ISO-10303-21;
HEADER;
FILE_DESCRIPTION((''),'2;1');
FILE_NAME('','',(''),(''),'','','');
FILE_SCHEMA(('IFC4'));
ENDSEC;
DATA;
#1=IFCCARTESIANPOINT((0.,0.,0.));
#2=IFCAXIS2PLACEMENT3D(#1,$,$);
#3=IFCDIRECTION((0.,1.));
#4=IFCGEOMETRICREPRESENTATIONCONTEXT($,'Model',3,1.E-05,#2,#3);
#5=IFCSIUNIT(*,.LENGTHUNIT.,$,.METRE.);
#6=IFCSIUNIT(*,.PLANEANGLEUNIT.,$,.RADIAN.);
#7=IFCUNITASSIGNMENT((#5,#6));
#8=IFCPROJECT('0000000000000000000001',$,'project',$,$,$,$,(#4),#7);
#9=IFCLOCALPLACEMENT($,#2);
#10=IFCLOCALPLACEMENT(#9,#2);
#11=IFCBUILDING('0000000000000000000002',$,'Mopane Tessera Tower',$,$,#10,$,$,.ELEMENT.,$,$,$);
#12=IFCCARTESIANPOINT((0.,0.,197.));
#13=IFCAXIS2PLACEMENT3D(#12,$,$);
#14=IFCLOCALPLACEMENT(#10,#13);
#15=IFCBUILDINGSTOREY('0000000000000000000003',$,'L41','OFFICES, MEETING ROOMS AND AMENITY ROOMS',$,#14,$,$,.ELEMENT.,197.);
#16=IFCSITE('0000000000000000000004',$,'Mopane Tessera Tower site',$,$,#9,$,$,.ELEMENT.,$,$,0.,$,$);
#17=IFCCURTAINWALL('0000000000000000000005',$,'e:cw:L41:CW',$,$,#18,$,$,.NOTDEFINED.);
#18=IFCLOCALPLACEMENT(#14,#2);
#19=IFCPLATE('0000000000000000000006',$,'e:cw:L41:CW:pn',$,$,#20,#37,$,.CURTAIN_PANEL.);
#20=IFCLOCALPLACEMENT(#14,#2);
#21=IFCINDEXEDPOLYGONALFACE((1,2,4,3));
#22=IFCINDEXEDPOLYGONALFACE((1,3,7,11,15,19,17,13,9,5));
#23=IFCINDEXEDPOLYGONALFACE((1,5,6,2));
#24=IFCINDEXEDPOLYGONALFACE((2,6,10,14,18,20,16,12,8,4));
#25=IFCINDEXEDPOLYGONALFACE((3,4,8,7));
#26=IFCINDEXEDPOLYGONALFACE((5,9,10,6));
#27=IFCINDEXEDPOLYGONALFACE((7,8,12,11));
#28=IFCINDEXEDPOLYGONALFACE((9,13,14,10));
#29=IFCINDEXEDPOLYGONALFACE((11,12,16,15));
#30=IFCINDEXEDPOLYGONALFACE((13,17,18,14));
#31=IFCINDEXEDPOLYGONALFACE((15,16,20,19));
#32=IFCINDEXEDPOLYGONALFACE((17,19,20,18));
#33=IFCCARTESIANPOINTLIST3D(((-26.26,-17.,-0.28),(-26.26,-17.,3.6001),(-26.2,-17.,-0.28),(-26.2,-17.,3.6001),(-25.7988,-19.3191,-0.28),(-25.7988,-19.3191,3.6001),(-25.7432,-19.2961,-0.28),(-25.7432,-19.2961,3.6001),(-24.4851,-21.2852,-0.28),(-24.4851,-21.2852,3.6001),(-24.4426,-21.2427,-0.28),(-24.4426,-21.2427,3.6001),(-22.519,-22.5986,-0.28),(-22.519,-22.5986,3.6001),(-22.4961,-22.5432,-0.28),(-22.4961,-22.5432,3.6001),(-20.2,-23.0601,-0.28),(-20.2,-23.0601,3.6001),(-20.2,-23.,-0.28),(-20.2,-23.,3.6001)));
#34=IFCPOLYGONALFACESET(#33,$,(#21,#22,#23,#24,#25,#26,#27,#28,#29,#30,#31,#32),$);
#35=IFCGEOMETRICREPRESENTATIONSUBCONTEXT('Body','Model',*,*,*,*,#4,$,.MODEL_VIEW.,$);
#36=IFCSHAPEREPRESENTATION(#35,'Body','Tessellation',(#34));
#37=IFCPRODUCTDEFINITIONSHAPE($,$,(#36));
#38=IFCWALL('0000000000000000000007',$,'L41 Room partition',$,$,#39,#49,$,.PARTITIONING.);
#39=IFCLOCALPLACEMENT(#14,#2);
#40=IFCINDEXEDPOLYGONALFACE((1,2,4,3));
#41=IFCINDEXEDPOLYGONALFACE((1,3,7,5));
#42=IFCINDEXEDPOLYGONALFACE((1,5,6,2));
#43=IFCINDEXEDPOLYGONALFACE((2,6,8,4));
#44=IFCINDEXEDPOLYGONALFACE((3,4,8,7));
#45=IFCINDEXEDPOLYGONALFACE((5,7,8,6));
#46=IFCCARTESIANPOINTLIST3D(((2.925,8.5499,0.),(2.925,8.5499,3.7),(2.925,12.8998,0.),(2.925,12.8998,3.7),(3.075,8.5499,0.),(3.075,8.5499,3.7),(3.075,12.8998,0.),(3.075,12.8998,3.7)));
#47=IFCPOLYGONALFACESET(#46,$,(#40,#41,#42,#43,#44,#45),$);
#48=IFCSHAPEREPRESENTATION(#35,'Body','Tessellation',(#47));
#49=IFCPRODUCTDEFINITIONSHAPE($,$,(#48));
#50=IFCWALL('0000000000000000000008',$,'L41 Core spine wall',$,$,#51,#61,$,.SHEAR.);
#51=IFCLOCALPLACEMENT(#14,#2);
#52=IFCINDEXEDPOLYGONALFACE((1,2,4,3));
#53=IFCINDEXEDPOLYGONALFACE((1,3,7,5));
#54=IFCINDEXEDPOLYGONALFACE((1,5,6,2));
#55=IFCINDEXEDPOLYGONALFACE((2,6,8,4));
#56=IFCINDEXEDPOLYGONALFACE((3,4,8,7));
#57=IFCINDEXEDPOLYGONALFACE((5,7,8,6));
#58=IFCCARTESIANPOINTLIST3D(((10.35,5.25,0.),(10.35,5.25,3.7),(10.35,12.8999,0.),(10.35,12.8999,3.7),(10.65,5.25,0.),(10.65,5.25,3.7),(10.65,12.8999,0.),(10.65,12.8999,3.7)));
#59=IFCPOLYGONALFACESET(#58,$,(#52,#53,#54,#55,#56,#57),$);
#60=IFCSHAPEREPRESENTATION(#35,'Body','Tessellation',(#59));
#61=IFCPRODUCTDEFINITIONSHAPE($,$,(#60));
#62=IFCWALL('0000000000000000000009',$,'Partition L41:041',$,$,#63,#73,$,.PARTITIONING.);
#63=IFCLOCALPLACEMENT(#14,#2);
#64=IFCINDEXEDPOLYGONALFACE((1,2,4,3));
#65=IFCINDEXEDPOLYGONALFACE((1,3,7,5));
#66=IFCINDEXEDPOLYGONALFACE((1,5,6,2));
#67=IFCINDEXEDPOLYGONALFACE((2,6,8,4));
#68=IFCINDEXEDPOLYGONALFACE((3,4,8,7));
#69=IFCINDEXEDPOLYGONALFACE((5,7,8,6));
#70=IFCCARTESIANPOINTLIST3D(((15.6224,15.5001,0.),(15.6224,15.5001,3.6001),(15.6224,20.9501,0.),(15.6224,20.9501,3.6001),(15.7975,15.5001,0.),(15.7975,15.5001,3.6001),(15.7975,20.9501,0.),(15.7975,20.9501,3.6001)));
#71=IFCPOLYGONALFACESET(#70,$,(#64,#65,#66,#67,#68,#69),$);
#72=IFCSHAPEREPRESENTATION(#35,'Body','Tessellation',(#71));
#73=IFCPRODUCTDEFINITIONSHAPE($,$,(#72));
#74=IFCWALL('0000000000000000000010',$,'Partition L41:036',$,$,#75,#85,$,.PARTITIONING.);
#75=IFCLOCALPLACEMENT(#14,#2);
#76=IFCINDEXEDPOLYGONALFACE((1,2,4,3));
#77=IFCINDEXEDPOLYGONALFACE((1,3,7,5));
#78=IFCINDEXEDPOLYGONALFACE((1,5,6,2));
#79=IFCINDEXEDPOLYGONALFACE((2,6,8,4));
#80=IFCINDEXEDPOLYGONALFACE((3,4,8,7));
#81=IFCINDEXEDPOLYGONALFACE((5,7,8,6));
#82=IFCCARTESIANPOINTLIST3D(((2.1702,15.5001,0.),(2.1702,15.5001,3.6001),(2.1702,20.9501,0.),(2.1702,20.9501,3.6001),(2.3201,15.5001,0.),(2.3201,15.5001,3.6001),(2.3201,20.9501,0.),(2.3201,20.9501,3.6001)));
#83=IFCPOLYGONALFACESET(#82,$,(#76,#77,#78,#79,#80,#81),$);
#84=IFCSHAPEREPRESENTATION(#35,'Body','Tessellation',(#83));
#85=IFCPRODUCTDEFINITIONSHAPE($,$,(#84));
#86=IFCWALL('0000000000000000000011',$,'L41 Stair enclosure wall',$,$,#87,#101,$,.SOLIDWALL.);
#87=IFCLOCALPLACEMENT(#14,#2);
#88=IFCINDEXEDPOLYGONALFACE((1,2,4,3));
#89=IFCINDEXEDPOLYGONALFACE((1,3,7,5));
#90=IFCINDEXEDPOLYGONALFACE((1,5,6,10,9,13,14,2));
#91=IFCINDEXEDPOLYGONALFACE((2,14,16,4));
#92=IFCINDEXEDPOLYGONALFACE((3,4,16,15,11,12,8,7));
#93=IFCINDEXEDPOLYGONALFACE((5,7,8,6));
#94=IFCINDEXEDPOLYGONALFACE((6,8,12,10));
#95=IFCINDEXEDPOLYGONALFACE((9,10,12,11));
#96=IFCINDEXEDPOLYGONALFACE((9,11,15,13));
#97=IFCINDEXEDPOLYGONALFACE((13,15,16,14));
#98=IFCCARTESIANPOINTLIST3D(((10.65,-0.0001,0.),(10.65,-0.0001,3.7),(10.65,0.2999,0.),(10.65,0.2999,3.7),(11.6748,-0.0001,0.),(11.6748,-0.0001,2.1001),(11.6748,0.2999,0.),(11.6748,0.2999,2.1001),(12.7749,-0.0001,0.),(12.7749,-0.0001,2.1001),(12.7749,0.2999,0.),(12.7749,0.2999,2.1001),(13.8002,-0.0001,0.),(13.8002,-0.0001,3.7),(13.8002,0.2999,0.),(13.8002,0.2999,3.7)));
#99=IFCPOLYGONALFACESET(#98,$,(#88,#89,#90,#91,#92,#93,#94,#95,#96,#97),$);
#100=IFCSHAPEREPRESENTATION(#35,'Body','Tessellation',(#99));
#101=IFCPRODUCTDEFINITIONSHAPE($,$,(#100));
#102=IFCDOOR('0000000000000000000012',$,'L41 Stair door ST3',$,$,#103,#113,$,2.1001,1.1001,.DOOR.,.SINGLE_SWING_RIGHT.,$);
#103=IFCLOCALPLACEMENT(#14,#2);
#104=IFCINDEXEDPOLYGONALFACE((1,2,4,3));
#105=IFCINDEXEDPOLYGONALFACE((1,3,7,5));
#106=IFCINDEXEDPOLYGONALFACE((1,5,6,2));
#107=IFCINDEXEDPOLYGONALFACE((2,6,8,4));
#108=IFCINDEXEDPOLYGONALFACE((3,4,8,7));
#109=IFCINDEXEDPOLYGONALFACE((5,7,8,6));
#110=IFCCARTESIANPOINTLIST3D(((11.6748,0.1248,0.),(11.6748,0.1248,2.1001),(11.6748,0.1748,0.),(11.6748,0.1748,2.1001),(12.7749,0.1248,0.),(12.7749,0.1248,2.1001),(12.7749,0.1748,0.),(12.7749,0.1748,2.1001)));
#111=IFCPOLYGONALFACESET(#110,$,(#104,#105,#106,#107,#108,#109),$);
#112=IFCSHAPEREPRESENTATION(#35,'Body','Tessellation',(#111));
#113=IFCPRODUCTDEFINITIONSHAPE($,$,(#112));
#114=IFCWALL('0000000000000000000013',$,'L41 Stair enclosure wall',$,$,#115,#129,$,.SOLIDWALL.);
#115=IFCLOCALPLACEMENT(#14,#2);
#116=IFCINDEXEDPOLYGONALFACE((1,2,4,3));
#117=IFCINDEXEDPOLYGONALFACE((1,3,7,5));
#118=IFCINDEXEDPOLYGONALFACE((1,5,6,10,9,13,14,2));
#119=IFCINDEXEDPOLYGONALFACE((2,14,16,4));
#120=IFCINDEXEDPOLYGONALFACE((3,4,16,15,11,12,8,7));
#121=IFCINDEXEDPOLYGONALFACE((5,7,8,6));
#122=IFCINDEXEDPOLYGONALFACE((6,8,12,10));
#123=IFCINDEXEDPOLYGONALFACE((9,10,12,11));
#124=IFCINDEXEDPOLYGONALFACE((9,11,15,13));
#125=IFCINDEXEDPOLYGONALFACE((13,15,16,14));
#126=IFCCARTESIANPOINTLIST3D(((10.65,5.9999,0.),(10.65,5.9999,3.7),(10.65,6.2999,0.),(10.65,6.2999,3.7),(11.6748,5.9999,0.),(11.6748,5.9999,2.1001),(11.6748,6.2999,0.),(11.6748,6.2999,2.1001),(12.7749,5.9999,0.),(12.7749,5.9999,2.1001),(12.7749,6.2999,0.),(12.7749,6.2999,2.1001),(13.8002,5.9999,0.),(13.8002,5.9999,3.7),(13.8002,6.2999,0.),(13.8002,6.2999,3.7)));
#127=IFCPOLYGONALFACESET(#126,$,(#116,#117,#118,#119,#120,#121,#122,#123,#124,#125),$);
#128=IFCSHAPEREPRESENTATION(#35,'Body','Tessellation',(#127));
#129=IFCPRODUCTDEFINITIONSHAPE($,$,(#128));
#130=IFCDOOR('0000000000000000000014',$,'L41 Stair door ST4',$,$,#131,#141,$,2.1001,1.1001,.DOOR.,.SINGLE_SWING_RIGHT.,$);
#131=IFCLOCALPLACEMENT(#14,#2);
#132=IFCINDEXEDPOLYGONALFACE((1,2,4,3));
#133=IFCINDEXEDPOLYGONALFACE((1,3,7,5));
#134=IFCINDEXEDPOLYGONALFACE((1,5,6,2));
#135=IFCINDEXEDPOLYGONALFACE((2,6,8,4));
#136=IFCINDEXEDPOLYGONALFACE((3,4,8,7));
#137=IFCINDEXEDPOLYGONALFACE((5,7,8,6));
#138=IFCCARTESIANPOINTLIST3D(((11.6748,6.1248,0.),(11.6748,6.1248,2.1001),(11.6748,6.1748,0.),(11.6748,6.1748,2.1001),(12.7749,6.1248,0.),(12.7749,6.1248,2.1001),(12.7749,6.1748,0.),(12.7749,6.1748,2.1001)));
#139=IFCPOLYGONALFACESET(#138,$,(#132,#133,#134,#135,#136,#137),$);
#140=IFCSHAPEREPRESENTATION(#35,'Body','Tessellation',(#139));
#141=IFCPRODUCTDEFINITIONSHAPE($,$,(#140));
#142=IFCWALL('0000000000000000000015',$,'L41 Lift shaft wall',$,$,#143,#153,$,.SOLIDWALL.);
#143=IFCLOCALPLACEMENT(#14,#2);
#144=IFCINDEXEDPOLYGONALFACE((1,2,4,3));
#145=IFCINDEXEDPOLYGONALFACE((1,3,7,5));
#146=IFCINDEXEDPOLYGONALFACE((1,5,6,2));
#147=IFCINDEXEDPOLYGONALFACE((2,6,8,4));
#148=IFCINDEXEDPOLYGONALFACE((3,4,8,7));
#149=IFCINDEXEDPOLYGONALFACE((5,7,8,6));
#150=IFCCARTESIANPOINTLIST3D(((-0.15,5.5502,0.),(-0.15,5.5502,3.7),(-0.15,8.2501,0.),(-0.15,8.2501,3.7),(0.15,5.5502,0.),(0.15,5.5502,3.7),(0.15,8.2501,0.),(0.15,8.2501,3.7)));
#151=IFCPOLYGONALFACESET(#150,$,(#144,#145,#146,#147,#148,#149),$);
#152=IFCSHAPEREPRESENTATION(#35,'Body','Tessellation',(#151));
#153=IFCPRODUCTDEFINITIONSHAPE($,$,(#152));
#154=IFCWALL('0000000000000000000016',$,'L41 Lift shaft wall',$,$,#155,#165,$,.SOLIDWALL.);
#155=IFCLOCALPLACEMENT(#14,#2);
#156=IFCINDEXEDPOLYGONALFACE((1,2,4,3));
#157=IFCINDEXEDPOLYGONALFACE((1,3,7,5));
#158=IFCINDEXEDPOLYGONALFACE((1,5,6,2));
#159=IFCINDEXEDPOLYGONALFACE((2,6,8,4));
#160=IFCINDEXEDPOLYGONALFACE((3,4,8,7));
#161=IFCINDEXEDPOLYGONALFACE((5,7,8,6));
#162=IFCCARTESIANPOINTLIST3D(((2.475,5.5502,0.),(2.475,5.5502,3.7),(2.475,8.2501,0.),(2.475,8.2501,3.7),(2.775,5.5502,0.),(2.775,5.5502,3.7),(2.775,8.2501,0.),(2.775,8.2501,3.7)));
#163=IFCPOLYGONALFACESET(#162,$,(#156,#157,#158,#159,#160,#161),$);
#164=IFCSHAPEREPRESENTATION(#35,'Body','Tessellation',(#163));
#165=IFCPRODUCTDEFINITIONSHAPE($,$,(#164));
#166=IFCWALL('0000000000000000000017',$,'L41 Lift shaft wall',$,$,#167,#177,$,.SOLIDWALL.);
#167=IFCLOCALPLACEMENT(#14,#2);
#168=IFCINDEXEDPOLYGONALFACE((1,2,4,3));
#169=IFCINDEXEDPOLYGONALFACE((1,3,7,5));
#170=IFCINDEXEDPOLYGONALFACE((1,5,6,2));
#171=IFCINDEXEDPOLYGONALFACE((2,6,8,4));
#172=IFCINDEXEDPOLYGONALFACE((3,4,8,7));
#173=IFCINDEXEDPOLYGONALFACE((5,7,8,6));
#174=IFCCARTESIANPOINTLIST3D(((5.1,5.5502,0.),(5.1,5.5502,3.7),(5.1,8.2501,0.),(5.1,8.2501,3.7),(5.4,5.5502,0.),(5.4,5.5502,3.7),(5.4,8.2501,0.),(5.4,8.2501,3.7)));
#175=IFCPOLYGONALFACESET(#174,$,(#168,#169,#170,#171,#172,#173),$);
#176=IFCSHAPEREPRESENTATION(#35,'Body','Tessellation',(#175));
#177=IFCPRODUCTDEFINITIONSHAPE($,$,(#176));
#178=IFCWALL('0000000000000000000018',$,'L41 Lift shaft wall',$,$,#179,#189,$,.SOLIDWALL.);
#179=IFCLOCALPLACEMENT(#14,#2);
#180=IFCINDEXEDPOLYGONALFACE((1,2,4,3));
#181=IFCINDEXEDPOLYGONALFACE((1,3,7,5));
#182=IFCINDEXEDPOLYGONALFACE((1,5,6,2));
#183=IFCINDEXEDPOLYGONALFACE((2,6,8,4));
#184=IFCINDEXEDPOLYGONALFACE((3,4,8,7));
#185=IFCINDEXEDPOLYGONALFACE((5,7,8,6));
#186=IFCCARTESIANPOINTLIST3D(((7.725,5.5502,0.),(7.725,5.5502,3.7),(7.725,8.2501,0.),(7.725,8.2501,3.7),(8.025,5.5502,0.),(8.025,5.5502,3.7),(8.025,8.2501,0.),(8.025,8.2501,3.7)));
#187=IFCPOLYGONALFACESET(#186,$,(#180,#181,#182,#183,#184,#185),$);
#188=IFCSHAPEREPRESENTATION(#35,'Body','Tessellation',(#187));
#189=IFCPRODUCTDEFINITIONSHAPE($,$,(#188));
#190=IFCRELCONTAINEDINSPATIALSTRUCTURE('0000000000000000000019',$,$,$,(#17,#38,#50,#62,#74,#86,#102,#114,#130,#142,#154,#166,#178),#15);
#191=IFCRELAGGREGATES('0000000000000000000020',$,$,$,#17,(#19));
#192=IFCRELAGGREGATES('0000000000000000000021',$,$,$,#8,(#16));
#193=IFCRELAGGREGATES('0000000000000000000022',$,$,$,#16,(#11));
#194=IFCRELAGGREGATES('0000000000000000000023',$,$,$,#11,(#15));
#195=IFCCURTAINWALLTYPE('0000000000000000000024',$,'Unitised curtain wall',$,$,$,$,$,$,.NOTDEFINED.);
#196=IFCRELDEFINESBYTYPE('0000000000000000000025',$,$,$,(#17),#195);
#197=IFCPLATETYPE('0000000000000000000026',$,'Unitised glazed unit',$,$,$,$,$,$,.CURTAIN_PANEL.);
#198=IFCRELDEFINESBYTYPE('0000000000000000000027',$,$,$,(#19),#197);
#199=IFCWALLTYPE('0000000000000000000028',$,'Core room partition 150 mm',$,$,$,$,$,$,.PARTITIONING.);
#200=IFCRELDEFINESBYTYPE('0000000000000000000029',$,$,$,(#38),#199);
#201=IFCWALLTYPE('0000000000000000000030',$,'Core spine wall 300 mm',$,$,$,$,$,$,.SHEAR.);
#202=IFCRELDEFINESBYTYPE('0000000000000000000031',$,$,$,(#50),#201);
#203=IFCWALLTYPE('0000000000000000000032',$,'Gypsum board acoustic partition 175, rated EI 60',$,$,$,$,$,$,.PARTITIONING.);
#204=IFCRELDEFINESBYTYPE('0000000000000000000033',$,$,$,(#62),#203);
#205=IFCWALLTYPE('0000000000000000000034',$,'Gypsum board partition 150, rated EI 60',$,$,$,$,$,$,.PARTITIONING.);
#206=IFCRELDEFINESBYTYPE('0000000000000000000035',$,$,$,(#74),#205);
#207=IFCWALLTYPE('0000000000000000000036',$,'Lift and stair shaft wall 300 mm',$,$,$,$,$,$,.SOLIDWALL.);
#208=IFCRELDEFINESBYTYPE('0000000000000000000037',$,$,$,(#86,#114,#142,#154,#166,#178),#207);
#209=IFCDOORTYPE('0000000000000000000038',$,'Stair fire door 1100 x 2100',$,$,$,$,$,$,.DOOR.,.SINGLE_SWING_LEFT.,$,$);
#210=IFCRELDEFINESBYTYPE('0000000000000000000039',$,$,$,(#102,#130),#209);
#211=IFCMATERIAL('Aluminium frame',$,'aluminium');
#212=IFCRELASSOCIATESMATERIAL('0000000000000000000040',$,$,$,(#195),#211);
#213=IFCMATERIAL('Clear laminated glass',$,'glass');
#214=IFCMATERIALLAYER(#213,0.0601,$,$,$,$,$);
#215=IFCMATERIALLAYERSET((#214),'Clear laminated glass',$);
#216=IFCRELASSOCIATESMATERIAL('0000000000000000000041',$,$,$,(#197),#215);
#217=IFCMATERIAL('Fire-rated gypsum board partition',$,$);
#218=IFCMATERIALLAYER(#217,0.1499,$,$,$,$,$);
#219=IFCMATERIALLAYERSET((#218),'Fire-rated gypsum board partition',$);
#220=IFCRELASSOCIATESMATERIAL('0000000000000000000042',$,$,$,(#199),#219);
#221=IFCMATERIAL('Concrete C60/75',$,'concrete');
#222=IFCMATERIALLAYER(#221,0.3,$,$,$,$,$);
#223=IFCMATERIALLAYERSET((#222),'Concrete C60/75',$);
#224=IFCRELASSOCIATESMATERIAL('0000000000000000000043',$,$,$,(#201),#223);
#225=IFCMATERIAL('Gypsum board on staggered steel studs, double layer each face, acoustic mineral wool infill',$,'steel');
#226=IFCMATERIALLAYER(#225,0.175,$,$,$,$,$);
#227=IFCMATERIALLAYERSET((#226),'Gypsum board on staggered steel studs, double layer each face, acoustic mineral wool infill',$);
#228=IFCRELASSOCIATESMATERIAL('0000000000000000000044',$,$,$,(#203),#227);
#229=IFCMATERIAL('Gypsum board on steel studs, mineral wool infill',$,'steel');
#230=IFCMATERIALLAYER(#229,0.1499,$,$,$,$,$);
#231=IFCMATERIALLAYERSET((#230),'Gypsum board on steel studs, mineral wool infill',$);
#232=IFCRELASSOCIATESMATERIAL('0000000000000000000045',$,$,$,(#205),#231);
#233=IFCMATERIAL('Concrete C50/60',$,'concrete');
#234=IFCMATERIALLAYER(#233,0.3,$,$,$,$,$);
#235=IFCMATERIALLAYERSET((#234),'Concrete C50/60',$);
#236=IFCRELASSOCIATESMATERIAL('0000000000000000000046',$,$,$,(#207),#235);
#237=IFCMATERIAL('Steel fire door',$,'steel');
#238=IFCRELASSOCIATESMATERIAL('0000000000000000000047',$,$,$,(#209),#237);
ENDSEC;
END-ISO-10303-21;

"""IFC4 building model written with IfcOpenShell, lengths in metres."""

from ifc_helpers import new_model, si_unit, direction, frame, frame_2d, origin, place, context, subcontext, project, spatial, polyline, rectangle, outline, extrude, material, layer, layer_set, type_object, element, fill, aggregate, save


model = new_model("IFC4")

# Units and contexts
model_context = context("Model", 3, precision=1e-05, world=origin(), true_north=direction((0.0, 1.0)))
body_context = subcontext(model_context, "Body", "Model", "MODEL_VIEW")
ifc_project = project(units=[si_unit("LENGTHUNIT", "METRE"), si_unit("PLANEANGLEUNIT", "RADIAN")], contexts=[model_context])

# Site, building, storey
site_placement = place(None, origin())
site = spatial("IfcSite", under=ifc_project, at=site_placement, Name="Mopane Tessera Tower site", CompositionType="ELEMENT", RefElevation=0.0)
building_placement = place(site_placement, origin())
building = spatial("IfcBuilding", under=site, at=building_placement, Name="Mopane Tessera Tower", CompositionType="ELEMENT")
storey_placement = place(building_placement, frame((0.0, 0.0, 197.0)))
storey = spatial("IfcBuildingStorey", under=building, at=storey_placement, Name="L41", Description="OFFICES, MEETING ROOMS AND AMENITY ROOMS", CompositionType="ELEMENT", Elevation=197.0)

# Shared definitions
ifc_material_1 = material(Name="Aluminium frame", Category="aluminium")
curtain_wall_type = type_object("IfcCurtainWallType", Name="Unitised curtain wall", PredefinedType="NOTDEFINED", material=ifc_material_1)

# Curtain wall
curtain_wall_1_placement = place(storey_placement, origin())
curtain_wall_1 = element("IfcCurtainWall", 1, at=curtain_wall_1_placement, inside=storey, type_object=curtain_wall_type, Name="e:cw:L41:CW", PredefinedType="NOTDEFINED")

# Plate
ifc_material_2 = material(Name="Clear laminated glass", Category="glass")
ifc_layer_1 = layer(ifc_material_2, 0.0601)
ifc_layer_set_1 = layer_set([ifc_layer_1], Name="Clear laminated glass")
plate_type = type_object("IfcPlateType", Name="Unitised glazed unit", PredefinedType="CURTAIN_PANEL", material=ifc_layer_set_1)
plate_1_placement = place(storey_placement, frame((0.0, 0.0, -0.28)))
plate_1 = element("IfcPlate", 2, at=plate_1_placement, type_object=plate_type, Name="e:cw:L41:CW:pn", PredefinedType="CURTAIN_PANEL", context=body_context, shape_type="SweptSolid", body=[
    extrude(outline(polyline([(-26.2, -17.0), (-25.7432, -19.2961), (-24.4426, -21.2427), (-22.4961, -22.5432), (-20.2, -23.0), (-20.2, -23.0601), (-22.519, -22.5986), (-24.4851, -21.2852), (-25.7988, -19.3191), (-26.26, -17.0), (-26.2, -17.0)])), origin(), (0.0, 0.0, 1.0), 3.8801),
])
aggregate(curtain_wall_1, [plate_1])

# Walls
ifc_material_3 = material(Name="Fire-rated gypsum board partition")
ifc_layer_2 = layer(ifc_material_3, 0.1499)
ifc_layer_set_2 = layer_set([ifc_layer_2], Name="Fire-rated gypsum board partition")
wall_type_1 = type_object("IfcWallType", Name="Core room partition 150 mm", PredefinedType="PARTITIONING", material=ifc_layer_set_2)
wall_1_placement = place(storey_placement, frame((3.0, 8.55, 0.0), z_axis=(0.0, 0.0, 1.0), x_axis=(0.0, 1.0, 0.0)))
element("IfcWall", 3, at=wall_1_placement, inside=storey, type_object=wall_type_1, Name="L41 Room partition", PredefinedType="PARTITIONING", context=body_context, shape_type="SweptSolid", body=[
    extrude(rectangle(XDim=4.3499, YDim=0.1499, at=frame_2d((2.1748, 0.0))), origin(), (0.0, 0.0, 1.0), 3.7),
])
ifc_material_4 = material(Name="Concrete C60/75", Category="concrete")
ifc_layer_3 = layer(ifc_material_4, 0.3)
ifc_layer_set_3 = layer_set([ifc_layer_3], Name="Concrete C60/75")
wall_type_2 = type_object("IfcWallType", Name="Core spine wall 300 mm", PredefinedType="SHEAR", material=ifc_layer_set_3)
wall_2_placement = place(storey_placement, frame((10.5, 5.25, 0.0), z_axis=(0.0, 0.0, 1.0), x_axis=(0.0, 1.0, 0.0)))
element("IfcWall", 4, at=wall_2_placement, inside=storey, type_object=wall_type_2, Name="L41 Core spine wall", PredefinedType="SHEAR", context=body_context, shape_type="SweptSolid", body=[
    extrude(rectangle(XDim=7.6499, YDim=0.3, at=frame_2d((3.825, 0.0))), origin(), (0.0, 0.0, 1.0), 3.7),
])
ifc_material_5 = material(Name="Gypsum board on staggered steel studs, double layer each face, acoustic mineral wool infill", Category="steel")
ifc_layer_4 = layer(ifc_material_5, 0.175)
ifc_layer_set_4 = layer_set([ifc_layer_4], Name="Gypsum board on staggered steel studs, double layer each face, acoustic mineral wool infill")
wall_type_3 = type_object("IfcWallType", Name="Gypsum board acoustic partition 175, rated EI 60", PredefinedType="PARTITIONING", material=ifc_layer_set_4)
wall_3_placement = place(storey_placement, frame((15.71, 15.5, 0.0), z_axis=(0.0, 0.0, 1.0), x_axis=(0.0, 1.0, 0.0)))
element("IfcWall", 5, at=wall_3_placement, inside=storey, type_object=wall_type_3, Name="Partition L41:041", PredefinedType="PARTITIONING", context=body_context, shape_type="SweptSolid", body=[
    extrude(rectangle(XDim=5.45, YDim=0.175, at=frame_2d((2.7251, 0.0))), origin(), (0.0, 0.0, 1.0), 3.6001),
])
ifc_material_6 = material(Name="Gypsum board on steel studs, mineral wool infill", Category="steel")
ifc_layer_5 = layer(ifc_material_6, 0.1499)
ifc_layer_set_5 = layer_set([ifc_layer_5], Name="Gypsum board on steel studs, mineral wool infill")
wall_type_4 = type_object("IfcWallType", Name="Gypsum board partition 150, rated EI 60", PredefinedType="PARTITIONING", material=ifc_layer_set_5)
wall_4_placement = place(storey_placement, frame((2.2451, 15.5, 0.0), z_axis=(0.0, 0.0, 1.0), x_axis=(0.0, 1.0, 0.0)))
element("IfcWall", 6, at=wall_4_placement, inside=storey, type_object=wall_type_4, Name="Partition L41:036", PredefinedType="PARTITIONING", context=body_context, shape_type="SweptSolid", body=[
    extrude(rectangle(XDim=5.45, YDim=0.1499, at=frame_2d((2.7251, 0.0))), origin(), (0.0, 0.0, 1.0), 3.6001),
])

# Walls, openings, doors
ifc_material_7 = material(Name="Concrete C50/60", Category="concrete")
ifc_layer_6 = layer(ifc_material_7, 0.3)
ifc_layer_set_6 = layer_set([ifc_layer_6], Name="Concrete C50/60")
wall_type_5 = type_object("IfcWallType", Name="Lift and stair shaft wall 300 mm", PredefinedType="SOLIDWALL", material=ifc_layer_set_6)
wall_5_placement = place(storey_placement, frame((10.6499, 0.1499, 0.0), z_axis=(0.0, 0.0, 1.0), x_axis=(1.0, 0.0, 0.0)))
wall_5 = element("IfcWall", 7, at=wall_5_placement, inside=storey, type_object=wall_type_5, Name="L41 Stair enclosure wall", PredefinedType="SOLIDWALL", context=body_context, shape_type="SweptSolid", body=[
    extrude(rectangle(XDim=3.1501, YDim=0.3, at=frame_2d((1.5752, 0.0))), origin(), (0.0, 0.0, 1.0), 3.7),
])
opening_1_placement = place(wall_5_placement, frame((1.0249, 0.0, 0.0)))
opening_1 = element("IfcOpeningElement", 8, at=opening_1_placement, cuts=wall_5, PredefinedType="OPENING", context=body_context, shape_type="SweptSolid", body=[
    extrude(rectangle(XDim=1.1001, YDim=2.1001, at=frame_2d((0.55, 1.05))), frame((0.0, 0.1621, 0.0), z_axis=(0.0, -1.0, 0.0), x_axis=(1.0, 0.0, 0.0)), (0.0, 0.0, 1.0), 0.324),
])
ifc_material_8 = material(Name="Steel fire door", Category="steel")
door_type = type_object("IfcDoorType", Name="Stair fire door 1100 x 2100", OperationType="SINGLE_SWING_LEFT", PredefinedType="DOOR", material=ifc_material_8)
door_1_placement = place(opening_1_placement, origin())
door_1 = element("IfcDoor", 9, at=door_1_placement, inside=storey, type_object=door_type, Name="L41 Stair door ST3", OperationType="SINGLE_SWING_RIGHT", OverallHeight=2.1001, OverallWidth=1.1001, PredefinedType="DOOR", context=body_context, shape_type="SweptSolid", body=[
    extrude(rectangle(XDim=1.1001, YDim=2.1001, at=frame_2d((0.55, 1.05))), frame((0.0, 0.0249, 0.0), z_axis=(0.0, -1.0, 0.0), x_axis=(1.0, 0.0, 0.0)), (0.0, 0.0, 1.0), 0.05),
])
fill(opening_1, door_1)
wall_6_placement = place(storey_placement, frame((10.6499, 6.1499, 0.0), z_axis=(0.0, 0.0, 1.0), x_axis=(1.0, 0.0, 0.0)))
wall_6 = element("IfcWall", 10, at=wall_6_placement, inside=storey, type_object=wall_type_5, Name="L41 Stair enclosure wall", PredefinedType="SOLIDWALL", context=body_context, shape_type="SweptSolid", body=[
    extrude(rectangle(XDim=3.1501, YDim=0.3, at=frame_2d((1.5752, 0.0))), origin(), (0.0, 0.0, 1.0), 3.7),
])
opening_2_placement = place(wall_6_placement, frame((1.0249, 0.0, 0.0)))
opening_2 = element("IfcOpeningElement", 11, at=opening_2_placement, cuts=wall_6, PredefinedType="OPENING", context=body_context, shape_type="SweptSolid", body=[
    extrude(rectangle(XDim=1.1001, YDim=2.1001, at=frame_2d((0.55, 1.05))), frame((0.0, 0.1621, 0.0), z_axis=(0.0, -1.0, 0.0), x_axis=(1.0, 0.0, 0.0)), (0.0, 0.0, 1.0), 0.324),
])
door_2_placement = place(opening_2_placement, origin())
door_2 = element("IfcDoor", 12, at=door_2_placement, inside=storey, type_object=door_type, Name="L41 Stair door ST4", OperationType="SINGLE_SWING_RIGHT", OverallHeight=2.1001, OverallWidth=1.1001, PredefinedType="DOOR", context=body_context, shape_type="SweptSolid", body=[
    extrude(rectangle(XDim=1.1001, YDim=2.1001, at=frame_2d((0.55, 1.05))), frame((0.0, 0.0249, 0.0), z_axis=(0.0, -1.0, 0.0), x_axis=(1.0, 0.0, 0.0)), (0.0, 0.0, 1.0), 0.05),
])
fill(opening_2, door_2)

# Walls
for number, where, z_axis, x_axis, name in (
    (13, (0.0, 5.55, 0.0), (0.0, 0.0, 1.0), (0.0, 1.0, 0.0), "L41 Lift shaft wall"),
    (14, (2.625, 5.55, 0.0), (0.0, 0.0, 1.0), (0.0, 1.0, 0.0), "L41 Lift shaft wall"),
    (15, (5.25, 5.55, 0.0), (0.0, 0.0, 1.0), (0.0, 1.0, 0.0), "L41 Lift shaft wall"),
    (16, (7.875, 5.55, 0.0), (0.0, 0.0, 1.0), (0.0, 1.0, 0.0), "L41 Lift shaft wall"),
):
    element("IfcWall", number, at=place(storey_placement, frame(where, z_axis=z_axis, x_axis=x_axis)), inside=storey, type_object=wall_type_5, Name=name, PredefinedType="SOLIDWALL", context=body_context, shape_type="SweptSolid", body=[
        extrude(rectangle(XDim=2.7, YDim=0.3, at=frame_2d((1.3501, 0.0))), origin(), (0.0, 0.0, 1.0), 3.7),
    ])

save(model, "model.ifc")
